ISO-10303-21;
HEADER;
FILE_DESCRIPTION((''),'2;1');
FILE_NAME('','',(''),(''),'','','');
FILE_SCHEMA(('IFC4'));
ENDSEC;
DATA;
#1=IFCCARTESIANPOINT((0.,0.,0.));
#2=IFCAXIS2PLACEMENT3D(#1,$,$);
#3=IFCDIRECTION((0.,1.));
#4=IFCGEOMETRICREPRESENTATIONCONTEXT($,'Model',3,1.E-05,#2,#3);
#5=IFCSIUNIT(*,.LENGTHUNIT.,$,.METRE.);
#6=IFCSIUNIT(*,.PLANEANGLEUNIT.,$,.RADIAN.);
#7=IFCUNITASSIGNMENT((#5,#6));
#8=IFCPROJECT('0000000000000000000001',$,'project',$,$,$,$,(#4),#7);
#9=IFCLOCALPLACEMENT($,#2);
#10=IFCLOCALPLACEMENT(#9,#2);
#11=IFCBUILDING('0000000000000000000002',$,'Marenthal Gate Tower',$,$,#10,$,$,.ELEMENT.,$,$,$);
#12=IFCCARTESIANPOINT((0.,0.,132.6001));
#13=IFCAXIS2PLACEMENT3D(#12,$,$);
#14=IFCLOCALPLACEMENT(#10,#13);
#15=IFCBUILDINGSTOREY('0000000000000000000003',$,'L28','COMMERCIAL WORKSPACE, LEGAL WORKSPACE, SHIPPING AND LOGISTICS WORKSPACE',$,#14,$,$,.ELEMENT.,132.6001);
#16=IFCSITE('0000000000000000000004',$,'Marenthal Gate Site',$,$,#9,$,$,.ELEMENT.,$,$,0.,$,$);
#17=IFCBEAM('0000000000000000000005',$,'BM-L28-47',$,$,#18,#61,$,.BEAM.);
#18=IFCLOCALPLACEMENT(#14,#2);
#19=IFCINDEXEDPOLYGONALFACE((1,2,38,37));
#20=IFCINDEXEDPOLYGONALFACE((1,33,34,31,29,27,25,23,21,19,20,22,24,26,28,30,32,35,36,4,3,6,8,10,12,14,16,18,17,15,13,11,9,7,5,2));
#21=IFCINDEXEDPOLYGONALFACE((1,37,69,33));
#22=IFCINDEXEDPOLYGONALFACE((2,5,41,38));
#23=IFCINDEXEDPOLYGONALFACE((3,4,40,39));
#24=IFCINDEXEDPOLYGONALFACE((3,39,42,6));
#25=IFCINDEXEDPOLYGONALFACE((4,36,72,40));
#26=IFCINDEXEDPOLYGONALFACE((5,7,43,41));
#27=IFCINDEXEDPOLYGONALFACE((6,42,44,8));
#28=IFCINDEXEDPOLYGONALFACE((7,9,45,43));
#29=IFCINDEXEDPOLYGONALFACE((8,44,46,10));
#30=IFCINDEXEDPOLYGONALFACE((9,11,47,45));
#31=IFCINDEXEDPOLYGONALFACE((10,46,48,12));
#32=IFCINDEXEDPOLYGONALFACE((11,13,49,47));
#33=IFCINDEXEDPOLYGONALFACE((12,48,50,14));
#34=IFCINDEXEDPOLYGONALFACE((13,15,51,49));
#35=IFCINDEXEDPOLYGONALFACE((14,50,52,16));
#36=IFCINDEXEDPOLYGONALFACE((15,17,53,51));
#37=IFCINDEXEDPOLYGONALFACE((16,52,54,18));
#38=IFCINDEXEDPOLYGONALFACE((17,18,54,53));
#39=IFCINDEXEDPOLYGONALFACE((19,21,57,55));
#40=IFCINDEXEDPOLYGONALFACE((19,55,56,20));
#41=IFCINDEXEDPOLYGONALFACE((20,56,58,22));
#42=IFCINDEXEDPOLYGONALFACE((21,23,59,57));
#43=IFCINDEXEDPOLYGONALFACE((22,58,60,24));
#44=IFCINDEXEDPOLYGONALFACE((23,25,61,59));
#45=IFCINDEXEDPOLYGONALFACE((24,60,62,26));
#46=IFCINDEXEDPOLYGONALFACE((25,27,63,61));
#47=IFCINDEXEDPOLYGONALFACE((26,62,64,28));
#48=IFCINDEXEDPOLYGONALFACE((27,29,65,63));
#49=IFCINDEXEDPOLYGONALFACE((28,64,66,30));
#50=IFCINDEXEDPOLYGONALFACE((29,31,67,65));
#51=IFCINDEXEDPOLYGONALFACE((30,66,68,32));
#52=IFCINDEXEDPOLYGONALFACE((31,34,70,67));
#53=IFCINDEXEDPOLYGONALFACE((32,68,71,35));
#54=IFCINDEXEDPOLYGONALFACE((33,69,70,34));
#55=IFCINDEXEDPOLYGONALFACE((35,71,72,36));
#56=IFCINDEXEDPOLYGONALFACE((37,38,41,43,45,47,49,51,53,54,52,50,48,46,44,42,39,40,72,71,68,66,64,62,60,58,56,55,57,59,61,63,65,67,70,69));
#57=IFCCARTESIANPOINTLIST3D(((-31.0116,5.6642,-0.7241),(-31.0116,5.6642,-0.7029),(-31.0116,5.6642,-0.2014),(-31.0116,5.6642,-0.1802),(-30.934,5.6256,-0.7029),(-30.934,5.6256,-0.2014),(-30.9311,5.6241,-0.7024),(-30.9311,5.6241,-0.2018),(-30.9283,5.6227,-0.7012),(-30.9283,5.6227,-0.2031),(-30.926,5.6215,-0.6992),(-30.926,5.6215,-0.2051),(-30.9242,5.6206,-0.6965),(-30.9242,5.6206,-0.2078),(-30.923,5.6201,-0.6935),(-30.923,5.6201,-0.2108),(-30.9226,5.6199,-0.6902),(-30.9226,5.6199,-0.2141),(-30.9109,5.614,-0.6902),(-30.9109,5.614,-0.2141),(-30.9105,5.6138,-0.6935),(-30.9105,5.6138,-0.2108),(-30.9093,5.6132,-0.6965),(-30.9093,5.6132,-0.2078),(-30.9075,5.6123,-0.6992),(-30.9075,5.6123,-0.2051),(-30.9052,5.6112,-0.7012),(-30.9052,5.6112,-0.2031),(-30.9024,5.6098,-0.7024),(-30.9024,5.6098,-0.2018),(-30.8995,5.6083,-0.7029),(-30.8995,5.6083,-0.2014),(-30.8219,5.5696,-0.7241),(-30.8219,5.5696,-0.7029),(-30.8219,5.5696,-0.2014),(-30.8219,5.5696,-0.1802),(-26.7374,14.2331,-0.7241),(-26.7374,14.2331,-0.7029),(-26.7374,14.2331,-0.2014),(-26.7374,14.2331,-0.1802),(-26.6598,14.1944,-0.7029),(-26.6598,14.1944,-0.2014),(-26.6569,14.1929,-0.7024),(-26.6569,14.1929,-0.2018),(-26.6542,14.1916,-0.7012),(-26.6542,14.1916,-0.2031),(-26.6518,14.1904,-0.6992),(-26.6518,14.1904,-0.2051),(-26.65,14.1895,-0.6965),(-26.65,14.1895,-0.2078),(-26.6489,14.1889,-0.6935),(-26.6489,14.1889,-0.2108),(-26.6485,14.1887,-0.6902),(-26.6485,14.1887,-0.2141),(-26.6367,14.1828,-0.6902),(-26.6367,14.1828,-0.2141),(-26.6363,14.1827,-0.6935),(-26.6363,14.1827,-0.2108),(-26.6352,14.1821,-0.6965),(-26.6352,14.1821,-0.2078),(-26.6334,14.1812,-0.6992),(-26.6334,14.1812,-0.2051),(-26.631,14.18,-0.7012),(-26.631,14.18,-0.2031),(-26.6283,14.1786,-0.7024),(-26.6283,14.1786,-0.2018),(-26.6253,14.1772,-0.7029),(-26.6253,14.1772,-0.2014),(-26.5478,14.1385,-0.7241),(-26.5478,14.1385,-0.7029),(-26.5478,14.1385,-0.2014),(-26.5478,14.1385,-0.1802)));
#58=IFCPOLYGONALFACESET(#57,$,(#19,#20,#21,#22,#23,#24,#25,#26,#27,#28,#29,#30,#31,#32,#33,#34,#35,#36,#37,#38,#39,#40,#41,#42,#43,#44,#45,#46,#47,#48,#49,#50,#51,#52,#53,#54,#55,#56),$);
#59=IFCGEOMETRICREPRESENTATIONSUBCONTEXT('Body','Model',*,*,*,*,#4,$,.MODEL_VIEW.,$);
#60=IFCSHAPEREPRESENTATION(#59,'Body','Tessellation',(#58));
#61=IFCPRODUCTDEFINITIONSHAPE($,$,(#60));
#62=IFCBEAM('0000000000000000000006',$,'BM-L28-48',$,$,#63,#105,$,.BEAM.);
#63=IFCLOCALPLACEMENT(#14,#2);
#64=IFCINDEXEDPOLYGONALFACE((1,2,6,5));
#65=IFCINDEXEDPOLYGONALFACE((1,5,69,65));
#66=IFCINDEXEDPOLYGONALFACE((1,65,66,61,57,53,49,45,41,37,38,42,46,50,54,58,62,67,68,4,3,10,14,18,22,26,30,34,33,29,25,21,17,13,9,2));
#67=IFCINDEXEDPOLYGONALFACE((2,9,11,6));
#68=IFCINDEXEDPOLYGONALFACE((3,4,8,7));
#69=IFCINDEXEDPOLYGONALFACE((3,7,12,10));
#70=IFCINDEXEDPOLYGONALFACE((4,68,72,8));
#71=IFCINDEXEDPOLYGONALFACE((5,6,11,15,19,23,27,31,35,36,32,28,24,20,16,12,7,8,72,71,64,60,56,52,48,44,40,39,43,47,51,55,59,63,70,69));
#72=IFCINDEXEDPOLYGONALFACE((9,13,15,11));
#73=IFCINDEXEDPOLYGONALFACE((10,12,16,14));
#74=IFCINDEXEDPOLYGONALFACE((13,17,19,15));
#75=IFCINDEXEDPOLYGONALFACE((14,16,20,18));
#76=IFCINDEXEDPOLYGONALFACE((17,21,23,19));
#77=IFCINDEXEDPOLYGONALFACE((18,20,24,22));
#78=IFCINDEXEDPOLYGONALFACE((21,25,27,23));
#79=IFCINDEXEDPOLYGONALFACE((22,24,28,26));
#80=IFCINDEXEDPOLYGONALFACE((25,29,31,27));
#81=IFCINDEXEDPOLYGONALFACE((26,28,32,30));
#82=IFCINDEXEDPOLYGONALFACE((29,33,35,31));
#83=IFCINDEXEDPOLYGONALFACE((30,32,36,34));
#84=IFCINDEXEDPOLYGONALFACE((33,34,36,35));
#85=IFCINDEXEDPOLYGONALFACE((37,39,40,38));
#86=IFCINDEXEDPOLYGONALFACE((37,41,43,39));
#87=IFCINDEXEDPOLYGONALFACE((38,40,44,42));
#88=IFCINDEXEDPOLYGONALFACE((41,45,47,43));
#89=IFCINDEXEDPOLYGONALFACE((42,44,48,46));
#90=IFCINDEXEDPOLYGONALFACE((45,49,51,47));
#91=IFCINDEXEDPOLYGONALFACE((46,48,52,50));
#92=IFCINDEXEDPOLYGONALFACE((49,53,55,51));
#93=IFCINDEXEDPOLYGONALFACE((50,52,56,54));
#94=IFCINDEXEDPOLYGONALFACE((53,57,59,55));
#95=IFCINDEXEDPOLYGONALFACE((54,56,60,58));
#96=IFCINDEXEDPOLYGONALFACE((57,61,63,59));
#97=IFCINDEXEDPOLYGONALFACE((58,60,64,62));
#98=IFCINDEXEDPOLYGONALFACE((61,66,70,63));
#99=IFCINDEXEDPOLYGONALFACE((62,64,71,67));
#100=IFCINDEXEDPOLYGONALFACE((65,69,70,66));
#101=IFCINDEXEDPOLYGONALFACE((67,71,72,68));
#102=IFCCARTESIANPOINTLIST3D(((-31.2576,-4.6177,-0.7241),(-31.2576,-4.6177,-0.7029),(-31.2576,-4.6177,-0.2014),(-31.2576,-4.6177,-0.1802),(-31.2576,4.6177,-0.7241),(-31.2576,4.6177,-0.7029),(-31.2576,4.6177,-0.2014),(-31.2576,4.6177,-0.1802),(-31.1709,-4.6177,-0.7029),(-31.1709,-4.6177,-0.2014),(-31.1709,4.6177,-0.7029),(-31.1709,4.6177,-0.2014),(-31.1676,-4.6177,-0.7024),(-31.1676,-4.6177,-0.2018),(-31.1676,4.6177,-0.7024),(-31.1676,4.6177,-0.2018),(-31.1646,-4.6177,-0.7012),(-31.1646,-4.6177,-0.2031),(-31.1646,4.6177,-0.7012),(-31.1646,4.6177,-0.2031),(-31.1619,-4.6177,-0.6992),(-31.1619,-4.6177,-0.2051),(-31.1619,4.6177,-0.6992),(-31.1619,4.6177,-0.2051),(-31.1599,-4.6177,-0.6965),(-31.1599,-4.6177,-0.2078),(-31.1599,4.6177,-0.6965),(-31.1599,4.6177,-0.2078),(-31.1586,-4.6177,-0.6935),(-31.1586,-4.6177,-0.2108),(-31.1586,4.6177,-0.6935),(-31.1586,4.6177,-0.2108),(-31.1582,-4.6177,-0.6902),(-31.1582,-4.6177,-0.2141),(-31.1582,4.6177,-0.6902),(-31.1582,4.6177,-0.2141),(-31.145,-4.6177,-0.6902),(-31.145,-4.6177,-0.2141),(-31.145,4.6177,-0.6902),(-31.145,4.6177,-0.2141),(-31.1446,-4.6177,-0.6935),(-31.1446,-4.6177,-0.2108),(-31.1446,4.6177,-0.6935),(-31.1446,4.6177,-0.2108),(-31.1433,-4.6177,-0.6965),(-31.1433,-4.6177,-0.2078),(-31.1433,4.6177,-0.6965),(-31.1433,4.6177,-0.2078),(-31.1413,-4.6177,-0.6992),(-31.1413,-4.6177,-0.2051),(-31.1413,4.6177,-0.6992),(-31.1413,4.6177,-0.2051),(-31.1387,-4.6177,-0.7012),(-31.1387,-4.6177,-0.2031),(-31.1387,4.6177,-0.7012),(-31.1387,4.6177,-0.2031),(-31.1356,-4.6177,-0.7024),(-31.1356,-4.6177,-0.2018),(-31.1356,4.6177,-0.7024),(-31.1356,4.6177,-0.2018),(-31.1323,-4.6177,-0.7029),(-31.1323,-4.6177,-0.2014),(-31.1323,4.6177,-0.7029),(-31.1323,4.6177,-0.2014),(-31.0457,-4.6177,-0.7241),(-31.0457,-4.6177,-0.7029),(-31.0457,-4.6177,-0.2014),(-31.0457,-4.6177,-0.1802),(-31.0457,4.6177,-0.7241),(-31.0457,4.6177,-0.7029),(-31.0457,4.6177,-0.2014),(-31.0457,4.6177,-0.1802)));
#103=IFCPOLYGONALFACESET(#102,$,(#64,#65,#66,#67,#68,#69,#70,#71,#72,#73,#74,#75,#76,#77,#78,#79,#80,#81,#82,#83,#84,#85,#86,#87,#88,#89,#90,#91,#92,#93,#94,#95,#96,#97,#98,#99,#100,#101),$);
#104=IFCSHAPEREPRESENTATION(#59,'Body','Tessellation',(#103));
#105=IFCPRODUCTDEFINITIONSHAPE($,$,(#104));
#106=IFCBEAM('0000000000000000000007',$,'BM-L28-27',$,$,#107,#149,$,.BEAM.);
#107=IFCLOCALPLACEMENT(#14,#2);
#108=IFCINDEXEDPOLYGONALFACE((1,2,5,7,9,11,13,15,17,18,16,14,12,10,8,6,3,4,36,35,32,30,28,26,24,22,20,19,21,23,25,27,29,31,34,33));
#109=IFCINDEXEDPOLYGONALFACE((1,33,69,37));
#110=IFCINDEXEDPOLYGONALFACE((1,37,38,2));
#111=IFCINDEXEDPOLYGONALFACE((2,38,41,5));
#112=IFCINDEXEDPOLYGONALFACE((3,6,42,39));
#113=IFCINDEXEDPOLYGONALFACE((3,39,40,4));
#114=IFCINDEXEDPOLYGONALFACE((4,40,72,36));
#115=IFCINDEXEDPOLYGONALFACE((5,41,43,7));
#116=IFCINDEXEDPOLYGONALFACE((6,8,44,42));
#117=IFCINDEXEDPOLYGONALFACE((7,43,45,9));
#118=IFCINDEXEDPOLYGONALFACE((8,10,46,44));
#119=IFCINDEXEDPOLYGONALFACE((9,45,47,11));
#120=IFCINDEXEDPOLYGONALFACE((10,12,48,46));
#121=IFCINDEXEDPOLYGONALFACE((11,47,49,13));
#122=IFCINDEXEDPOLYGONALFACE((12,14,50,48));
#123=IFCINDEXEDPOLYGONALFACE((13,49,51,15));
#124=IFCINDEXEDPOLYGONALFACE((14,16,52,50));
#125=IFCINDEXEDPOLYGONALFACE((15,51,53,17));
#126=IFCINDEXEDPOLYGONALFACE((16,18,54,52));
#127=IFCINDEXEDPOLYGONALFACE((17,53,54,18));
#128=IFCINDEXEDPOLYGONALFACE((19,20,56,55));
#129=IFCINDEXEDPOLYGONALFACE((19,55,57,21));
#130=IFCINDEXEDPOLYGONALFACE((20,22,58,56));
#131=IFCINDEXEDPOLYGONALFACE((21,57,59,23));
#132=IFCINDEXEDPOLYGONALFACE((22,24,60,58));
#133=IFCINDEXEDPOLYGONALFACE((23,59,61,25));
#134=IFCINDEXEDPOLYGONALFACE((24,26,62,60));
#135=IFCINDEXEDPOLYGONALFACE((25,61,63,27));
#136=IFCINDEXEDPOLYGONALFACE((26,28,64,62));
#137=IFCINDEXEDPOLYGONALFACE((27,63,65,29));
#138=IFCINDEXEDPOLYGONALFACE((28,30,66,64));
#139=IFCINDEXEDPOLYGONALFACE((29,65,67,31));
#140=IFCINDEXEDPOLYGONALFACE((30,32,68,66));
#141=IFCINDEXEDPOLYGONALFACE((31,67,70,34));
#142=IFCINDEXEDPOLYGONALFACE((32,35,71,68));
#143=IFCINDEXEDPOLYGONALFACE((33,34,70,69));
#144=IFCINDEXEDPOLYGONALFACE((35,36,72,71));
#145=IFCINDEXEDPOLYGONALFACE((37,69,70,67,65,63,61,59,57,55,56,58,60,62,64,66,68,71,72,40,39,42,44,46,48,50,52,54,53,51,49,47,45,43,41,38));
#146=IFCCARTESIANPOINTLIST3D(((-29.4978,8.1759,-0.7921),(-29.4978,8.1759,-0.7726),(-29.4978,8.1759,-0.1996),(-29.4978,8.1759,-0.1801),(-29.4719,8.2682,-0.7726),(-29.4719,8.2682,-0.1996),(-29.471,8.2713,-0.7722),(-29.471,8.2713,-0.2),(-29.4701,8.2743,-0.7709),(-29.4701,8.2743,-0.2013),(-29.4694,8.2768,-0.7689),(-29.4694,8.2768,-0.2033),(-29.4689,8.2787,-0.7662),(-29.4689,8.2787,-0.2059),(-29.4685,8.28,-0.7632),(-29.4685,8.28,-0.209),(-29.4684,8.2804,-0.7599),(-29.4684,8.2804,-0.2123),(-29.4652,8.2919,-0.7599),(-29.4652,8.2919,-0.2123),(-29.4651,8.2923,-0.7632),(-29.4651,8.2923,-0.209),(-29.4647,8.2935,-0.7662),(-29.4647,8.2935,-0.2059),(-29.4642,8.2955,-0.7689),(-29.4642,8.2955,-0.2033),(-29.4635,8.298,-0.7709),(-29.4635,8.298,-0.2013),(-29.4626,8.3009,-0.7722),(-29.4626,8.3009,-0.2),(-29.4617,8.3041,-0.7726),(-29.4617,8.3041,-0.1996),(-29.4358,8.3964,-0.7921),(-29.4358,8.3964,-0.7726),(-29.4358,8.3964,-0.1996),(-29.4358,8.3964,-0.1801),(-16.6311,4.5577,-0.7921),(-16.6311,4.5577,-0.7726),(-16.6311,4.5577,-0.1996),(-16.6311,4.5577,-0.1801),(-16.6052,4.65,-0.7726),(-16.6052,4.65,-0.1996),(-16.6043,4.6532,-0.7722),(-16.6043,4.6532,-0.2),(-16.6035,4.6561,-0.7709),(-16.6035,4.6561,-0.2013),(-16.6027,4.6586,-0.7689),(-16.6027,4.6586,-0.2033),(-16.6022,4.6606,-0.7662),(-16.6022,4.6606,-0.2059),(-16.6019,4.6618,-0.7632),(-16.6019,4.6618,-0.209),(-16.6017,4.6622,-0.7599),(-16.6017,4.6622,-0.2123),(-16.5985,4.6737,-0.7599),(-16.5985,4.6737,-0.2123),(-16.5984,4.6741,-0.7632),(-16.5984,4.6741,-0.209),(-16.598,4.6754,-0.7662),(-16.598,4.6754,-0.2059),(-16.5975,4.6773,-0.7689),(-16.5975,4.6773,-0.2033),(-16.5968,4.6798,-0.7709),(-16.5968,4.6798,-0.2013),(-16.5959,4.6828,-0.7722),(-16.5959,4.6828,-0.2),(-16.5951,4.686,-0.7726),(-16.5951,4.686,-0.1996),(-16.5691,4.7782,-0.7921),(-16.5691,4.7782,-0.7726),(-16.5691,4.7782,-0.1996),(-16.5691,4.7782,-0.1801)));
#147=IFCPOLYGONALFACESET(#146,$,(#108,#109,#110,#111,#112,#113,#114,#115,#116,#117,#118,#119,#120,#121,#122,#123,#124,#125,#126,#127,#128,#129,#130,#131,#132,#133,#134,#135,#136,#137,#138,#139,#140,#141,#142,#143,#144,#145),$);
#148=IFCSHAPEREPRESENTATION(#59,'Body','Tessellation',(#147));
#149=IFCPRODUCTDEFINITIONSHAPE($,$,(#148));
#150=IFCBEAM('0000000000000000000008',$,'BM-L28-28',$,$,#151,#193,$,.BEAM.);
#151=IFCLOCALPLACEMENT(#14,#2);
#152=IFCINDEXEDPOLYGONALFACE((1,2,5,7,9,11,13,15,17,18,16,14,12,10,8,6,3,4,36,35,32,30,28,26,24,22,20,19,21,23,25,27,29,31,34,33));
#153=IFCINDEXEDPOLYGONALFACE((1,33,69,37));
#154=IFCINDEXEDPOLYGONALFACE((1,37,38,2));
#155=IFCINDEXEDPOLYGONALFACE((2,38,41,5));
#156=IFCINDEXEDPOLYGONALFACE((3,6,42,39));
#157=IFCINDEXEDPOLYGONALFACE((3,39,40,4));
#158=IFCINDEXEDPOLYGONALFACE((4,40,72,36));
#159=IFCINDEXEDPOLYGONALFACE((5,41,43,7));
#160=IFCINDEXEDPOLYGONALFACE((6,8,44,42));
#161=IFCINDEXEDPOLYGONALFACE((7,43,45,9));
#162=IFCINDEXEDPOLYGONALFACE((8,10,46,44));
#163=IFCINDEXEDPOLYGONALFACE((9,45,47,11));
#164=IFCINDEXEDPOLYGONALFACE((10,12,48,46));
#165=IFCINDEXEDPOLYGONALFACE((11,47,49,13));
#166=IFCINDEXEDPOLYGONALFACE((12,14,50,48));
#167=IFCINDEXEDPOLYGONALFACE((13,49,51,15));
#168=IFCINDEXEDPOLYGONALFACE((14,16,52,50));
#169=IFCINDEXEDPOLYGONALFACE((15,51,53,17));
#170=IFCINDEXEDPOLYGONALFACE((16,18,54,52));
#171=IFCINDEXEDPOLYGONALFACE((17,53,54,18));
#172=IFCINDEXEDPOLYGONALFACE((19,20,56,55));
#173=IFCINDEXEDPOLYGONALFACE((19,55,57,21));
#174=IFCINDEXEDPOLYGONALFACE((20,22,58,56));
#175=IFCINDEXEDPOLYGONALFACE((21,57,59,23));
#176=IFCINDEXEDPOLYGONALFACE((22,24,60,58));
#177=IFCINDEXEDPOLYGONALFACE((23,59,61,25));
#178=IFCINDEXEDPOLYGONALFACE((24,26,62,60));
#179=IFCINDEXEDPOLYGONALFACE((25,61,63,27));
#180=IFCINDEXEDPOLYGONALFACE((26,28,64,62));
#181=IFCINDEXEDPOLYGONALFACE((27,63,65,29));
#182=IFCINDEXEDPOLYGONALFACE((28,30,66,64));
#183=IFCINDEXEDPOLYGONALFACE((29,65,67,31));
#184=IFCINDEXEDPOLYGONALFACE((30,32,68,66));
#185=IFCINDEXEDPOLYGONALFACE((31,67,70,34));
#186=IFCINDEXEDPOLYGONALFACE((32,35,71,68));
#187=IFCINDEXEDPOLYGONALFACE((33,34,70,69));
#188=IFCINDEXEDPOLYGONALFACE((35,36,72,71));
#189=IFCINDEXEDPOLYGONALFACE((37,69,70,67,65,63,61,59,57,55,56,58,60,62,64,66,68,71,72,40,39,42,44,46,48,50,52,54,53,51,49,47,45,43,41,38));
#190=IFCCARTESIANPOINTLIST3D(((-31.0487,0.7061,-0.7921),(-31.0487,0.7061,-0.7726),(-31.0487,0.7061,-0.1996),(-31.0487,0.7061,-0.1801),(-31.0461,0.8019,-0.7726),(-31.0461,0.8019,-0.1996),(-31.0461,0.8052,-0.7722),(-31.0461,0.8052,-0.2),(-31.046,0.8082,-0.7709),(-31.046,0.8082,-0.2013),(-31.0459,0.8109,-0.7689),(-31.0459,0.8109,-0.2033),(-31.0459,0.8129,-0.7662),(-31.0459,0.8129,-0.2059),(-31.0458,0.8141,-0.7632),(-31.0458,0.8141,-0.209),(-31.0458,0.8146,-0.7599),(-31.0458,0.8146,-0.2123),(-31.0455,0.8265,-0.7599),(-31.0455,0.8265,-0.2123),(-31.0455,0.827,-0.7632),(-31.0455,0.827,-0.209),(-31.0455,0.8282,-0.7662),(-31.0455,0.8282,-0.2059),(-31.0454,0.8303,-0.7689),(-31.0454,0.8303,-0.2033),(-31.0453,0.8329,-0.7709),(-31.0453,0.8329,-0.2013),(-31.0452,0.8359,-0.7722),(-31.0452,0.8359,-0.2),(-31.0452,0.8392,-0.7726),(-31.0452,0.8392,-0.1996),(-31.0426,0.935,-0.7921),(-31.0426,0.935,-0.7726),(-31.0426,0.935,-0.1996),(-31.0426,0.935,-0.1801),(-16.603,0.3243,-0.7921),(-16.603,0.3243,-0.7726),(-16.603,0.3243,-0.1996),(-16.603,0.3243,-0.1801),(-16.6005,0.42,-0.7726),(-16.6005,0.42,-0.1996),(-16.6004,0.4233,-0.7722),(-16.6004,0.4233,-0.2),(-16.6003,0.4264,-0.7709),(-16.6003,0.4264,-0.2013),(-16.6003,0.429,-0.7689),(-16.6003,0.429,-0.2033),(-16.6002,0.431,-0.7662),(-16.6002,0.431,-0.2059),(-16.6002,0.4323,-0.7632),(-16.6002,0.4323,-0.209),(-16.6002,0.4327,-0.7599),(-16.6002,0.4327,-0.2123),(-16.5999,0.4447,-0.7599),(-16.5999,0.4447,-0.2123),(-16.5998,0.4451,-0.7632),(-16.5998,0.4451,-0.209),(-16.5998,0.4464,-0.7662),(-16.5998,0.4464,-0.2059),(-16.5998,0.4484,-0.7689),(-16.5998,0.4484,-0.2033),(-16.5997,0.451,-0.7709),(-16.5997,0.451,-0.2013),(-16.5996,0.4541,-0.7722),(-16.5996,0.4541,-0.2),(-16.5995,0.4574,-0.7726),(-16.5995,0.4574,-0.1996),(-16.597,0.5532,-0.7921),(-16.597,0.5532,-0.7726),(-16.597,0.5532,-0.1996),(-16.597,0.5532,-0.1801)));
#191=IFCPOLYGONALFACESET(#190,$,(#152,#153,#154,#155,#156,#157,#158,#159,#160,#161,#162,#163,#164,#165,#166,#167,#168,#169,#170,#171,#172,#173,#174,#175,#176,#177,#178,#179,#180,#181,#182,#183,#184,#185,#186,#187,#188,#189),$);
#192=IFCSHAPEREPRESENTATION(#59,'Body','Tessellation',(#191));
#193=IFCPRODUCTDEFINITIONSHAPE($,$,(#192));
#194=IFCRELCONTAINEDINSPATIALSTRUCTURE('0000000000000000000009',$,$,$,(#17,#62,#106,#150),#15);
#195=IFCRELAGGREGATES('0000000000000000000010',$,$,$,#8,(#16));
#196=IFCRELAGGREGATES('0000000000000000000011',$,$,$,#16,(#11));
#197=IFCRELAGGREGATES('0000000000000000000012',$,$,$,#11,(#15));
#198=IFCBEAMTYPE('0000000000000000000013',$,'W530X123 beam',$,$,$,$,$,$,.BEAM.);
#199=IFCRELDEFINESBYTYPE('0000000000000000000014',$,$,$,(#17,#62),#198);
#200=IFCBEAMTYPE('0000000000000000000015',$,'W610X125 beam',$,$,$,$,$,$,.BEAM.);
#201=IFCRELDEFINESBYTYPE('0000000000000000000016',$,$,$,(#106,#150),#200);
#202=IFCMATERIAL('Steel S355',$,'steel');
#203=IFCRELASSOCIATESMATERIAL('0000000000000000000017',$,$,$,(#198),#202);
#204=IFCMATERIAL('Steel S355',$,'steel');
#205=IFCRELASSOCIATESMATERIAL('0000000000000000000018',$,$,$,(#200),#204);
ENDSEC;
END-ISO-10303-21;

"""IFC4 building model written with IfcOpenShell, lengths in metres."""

from ifc_helpers import new_model, si_unit, direction, frame, origin, origin_2d, place, context, subcontext, project, spatial, i_section, extrude, material, material_profile, profile_set, type_object, element, save


model = new_model("IFC4")

# Units and contexts
model_context = context("Model", 3, precision=1e-05, world=origin(), true_north=direction((0.0, 1.0)))
body_context = subcontext(model_context, "Body", "Model", "MODEL_VIEW")
ifc_project = project(units=[si_unit("LENGTHUNIT", "METRE"), si_unit("PLANEANGLEUNIT", "RADIAN")], contexts=[model_context])

# Site, building, storey
site_placement = place(None, origin())
site = spatial("IfcSite", under=ifc_project, at=site_placement, Name="Marenthal Gate Site", CompositionType="ELEMENT", RefElevation=0.0)
building_placement = place(site_placement, origin())
building = spatial("IfcBuilding", under=site, at=building_placement, Name="Marenthal Gate Tower", CompositionType="ELEMENT")
storey_placement = place(building_placement, frame((0.0, 0.0, 132.6001)))
storey = spatial("IfcBuildingStorey", under=building, at=storey_placement, Name="L28", Description="COMMERCIAL WORKSPACE, LEGAL WORKSPACE, SHIPPING AND LOGISTICS WORKSPACE", CompositionType="ELEMENT", Elevation=132.6001)

# Beams
ifc_material_1 = material(Name="Steel S355", Category="steel")
ifc_material_profile_1 = material_profile(ifc_material_1, i_section(OverallWidth=0.2119, OverallDepth=0.5439, WebThickness=0.0132, FlangeThickness=0.0212, FilletRadius=0.0127, at=origin_2d()), Name="W530X123")
ifc_profile_set_1 = profile_set([ifc_material_profile_1], Name="Steel S355")
beam_type_1 = type_object("IfcBeamType", Name="W530X123 beam", PredefinedType="BEAM", material=ifc_profile_set_1)
beam_1_placement = place(storey_placement, frame((-26.6426, 14.1858, -0.4521), z_axis=(-0.446357, -0.894855, 0.0), x_axis=(0.894855, -0.446357, 0.0)))
element("IfcBeam", 1, at=beam_1_placement, inside=storey, type_object=beam_type_1, Name="BM-L28-47", PredefinedType="BEAM", context=body_context, shape_type="SweptSolid", body=[
    extrude(i_section(OverallWidth=0.2119, OverallDepth=0.5439, WebThickness=0.0132, FlangeThickness=0.0212, FilletRadius=0.0127, at=origin_2d()), origin(), (0.0, 0.0, 1.0), 9.5757),
])
beam_2_placement = place(storey_placement, frame((-31.1516, 4.6177, -0.4521), z_axis=(0.0, -1.0, 0.0), x_axis=(1.0, 0.0, 0.0)))
element("IfcBeam", 2, at=beam_2_placement, inside=storey, type_object=beam_type_1, Name="BM-L28-48", PredefinedType="BEAM", context=body_context, shape_type="SweptSolid", body=[
    extrude(i_section(OverallWidth=0.2119, OverallDepth=0.5439, WebThickness=0.0132, FlangeThickness=0.0212, FilletRadius=0.0127, at=origin_2d()), origin(), (0.0, 0.0, 1.0), 9.2354),
])
ifc_material_2 = material(Name="Steel S355", Category="steel")
ifc_material_profile_2 = material_profile(ifc_material_2, i_section(OverallWidth=0.229, OverallDepth=0.6121, WebThickness=0.012, FlangeThickness=0.0195, FilletRadius=0.0127, at=origin_2d()), Name="W610X125")
ifc_profile_set_2 = profile_set([ifc_material_profile_2], Name="Steel S355")
beam_type_2 = type_object("IfcBeamType", Name="W610X125 beam", PredefinedType="BEAM", material=ifc_profile_set_2)
beam_3_placement = place(storey_placement, frame((-29.4668, 8.2861, -0.4861), z_axis=(0.962663, -0.270704, 0.0), x_axis=(0.270704, 0.962663, 0.0)))
element("IfcBeam", 3, at=beam_3_placement, inside=storey, type_object=beam_type_2, Name="BM-L28-27", PredefinedType="BEAM", context=body_context, shape_type="SweptSolid", body=[
    extrude(i_section(OverallWidth=0.229, OverallDepth=0.6121, WebThickness=0.012, FlangeThickness=0.0195, FilletRadius=0.0127, at=origin_2d()), origin(), (0.0, 0.0, 1.0), 13.3657),
])
beam_4_placement = place(storey_placement, frame((-31.0457, 0.8206, -0.4861), z_axis=(0.999651, -0.026424, 0.0), x_axis=(0.026424, 0.999651, 0.0)))
element("IfcBeam", 4, at=beam_4_placement, inside=storey, type_object=beam_type_2, Name="BM-L28-28", PredefinedType="BEAM", context=body_context, shape_type="SweptSolid", body=[
    extrude(i_section(OverallWidth=0.229, OverallDepth=0.6121, WebThickness=0.012, FlangeThickness=0.0195, FilletRadius=0.0127, at=origin_2d()), origin(), (0.0, 0.0, 1.0), 14.4507),
])

save(model, "model.ifc")
